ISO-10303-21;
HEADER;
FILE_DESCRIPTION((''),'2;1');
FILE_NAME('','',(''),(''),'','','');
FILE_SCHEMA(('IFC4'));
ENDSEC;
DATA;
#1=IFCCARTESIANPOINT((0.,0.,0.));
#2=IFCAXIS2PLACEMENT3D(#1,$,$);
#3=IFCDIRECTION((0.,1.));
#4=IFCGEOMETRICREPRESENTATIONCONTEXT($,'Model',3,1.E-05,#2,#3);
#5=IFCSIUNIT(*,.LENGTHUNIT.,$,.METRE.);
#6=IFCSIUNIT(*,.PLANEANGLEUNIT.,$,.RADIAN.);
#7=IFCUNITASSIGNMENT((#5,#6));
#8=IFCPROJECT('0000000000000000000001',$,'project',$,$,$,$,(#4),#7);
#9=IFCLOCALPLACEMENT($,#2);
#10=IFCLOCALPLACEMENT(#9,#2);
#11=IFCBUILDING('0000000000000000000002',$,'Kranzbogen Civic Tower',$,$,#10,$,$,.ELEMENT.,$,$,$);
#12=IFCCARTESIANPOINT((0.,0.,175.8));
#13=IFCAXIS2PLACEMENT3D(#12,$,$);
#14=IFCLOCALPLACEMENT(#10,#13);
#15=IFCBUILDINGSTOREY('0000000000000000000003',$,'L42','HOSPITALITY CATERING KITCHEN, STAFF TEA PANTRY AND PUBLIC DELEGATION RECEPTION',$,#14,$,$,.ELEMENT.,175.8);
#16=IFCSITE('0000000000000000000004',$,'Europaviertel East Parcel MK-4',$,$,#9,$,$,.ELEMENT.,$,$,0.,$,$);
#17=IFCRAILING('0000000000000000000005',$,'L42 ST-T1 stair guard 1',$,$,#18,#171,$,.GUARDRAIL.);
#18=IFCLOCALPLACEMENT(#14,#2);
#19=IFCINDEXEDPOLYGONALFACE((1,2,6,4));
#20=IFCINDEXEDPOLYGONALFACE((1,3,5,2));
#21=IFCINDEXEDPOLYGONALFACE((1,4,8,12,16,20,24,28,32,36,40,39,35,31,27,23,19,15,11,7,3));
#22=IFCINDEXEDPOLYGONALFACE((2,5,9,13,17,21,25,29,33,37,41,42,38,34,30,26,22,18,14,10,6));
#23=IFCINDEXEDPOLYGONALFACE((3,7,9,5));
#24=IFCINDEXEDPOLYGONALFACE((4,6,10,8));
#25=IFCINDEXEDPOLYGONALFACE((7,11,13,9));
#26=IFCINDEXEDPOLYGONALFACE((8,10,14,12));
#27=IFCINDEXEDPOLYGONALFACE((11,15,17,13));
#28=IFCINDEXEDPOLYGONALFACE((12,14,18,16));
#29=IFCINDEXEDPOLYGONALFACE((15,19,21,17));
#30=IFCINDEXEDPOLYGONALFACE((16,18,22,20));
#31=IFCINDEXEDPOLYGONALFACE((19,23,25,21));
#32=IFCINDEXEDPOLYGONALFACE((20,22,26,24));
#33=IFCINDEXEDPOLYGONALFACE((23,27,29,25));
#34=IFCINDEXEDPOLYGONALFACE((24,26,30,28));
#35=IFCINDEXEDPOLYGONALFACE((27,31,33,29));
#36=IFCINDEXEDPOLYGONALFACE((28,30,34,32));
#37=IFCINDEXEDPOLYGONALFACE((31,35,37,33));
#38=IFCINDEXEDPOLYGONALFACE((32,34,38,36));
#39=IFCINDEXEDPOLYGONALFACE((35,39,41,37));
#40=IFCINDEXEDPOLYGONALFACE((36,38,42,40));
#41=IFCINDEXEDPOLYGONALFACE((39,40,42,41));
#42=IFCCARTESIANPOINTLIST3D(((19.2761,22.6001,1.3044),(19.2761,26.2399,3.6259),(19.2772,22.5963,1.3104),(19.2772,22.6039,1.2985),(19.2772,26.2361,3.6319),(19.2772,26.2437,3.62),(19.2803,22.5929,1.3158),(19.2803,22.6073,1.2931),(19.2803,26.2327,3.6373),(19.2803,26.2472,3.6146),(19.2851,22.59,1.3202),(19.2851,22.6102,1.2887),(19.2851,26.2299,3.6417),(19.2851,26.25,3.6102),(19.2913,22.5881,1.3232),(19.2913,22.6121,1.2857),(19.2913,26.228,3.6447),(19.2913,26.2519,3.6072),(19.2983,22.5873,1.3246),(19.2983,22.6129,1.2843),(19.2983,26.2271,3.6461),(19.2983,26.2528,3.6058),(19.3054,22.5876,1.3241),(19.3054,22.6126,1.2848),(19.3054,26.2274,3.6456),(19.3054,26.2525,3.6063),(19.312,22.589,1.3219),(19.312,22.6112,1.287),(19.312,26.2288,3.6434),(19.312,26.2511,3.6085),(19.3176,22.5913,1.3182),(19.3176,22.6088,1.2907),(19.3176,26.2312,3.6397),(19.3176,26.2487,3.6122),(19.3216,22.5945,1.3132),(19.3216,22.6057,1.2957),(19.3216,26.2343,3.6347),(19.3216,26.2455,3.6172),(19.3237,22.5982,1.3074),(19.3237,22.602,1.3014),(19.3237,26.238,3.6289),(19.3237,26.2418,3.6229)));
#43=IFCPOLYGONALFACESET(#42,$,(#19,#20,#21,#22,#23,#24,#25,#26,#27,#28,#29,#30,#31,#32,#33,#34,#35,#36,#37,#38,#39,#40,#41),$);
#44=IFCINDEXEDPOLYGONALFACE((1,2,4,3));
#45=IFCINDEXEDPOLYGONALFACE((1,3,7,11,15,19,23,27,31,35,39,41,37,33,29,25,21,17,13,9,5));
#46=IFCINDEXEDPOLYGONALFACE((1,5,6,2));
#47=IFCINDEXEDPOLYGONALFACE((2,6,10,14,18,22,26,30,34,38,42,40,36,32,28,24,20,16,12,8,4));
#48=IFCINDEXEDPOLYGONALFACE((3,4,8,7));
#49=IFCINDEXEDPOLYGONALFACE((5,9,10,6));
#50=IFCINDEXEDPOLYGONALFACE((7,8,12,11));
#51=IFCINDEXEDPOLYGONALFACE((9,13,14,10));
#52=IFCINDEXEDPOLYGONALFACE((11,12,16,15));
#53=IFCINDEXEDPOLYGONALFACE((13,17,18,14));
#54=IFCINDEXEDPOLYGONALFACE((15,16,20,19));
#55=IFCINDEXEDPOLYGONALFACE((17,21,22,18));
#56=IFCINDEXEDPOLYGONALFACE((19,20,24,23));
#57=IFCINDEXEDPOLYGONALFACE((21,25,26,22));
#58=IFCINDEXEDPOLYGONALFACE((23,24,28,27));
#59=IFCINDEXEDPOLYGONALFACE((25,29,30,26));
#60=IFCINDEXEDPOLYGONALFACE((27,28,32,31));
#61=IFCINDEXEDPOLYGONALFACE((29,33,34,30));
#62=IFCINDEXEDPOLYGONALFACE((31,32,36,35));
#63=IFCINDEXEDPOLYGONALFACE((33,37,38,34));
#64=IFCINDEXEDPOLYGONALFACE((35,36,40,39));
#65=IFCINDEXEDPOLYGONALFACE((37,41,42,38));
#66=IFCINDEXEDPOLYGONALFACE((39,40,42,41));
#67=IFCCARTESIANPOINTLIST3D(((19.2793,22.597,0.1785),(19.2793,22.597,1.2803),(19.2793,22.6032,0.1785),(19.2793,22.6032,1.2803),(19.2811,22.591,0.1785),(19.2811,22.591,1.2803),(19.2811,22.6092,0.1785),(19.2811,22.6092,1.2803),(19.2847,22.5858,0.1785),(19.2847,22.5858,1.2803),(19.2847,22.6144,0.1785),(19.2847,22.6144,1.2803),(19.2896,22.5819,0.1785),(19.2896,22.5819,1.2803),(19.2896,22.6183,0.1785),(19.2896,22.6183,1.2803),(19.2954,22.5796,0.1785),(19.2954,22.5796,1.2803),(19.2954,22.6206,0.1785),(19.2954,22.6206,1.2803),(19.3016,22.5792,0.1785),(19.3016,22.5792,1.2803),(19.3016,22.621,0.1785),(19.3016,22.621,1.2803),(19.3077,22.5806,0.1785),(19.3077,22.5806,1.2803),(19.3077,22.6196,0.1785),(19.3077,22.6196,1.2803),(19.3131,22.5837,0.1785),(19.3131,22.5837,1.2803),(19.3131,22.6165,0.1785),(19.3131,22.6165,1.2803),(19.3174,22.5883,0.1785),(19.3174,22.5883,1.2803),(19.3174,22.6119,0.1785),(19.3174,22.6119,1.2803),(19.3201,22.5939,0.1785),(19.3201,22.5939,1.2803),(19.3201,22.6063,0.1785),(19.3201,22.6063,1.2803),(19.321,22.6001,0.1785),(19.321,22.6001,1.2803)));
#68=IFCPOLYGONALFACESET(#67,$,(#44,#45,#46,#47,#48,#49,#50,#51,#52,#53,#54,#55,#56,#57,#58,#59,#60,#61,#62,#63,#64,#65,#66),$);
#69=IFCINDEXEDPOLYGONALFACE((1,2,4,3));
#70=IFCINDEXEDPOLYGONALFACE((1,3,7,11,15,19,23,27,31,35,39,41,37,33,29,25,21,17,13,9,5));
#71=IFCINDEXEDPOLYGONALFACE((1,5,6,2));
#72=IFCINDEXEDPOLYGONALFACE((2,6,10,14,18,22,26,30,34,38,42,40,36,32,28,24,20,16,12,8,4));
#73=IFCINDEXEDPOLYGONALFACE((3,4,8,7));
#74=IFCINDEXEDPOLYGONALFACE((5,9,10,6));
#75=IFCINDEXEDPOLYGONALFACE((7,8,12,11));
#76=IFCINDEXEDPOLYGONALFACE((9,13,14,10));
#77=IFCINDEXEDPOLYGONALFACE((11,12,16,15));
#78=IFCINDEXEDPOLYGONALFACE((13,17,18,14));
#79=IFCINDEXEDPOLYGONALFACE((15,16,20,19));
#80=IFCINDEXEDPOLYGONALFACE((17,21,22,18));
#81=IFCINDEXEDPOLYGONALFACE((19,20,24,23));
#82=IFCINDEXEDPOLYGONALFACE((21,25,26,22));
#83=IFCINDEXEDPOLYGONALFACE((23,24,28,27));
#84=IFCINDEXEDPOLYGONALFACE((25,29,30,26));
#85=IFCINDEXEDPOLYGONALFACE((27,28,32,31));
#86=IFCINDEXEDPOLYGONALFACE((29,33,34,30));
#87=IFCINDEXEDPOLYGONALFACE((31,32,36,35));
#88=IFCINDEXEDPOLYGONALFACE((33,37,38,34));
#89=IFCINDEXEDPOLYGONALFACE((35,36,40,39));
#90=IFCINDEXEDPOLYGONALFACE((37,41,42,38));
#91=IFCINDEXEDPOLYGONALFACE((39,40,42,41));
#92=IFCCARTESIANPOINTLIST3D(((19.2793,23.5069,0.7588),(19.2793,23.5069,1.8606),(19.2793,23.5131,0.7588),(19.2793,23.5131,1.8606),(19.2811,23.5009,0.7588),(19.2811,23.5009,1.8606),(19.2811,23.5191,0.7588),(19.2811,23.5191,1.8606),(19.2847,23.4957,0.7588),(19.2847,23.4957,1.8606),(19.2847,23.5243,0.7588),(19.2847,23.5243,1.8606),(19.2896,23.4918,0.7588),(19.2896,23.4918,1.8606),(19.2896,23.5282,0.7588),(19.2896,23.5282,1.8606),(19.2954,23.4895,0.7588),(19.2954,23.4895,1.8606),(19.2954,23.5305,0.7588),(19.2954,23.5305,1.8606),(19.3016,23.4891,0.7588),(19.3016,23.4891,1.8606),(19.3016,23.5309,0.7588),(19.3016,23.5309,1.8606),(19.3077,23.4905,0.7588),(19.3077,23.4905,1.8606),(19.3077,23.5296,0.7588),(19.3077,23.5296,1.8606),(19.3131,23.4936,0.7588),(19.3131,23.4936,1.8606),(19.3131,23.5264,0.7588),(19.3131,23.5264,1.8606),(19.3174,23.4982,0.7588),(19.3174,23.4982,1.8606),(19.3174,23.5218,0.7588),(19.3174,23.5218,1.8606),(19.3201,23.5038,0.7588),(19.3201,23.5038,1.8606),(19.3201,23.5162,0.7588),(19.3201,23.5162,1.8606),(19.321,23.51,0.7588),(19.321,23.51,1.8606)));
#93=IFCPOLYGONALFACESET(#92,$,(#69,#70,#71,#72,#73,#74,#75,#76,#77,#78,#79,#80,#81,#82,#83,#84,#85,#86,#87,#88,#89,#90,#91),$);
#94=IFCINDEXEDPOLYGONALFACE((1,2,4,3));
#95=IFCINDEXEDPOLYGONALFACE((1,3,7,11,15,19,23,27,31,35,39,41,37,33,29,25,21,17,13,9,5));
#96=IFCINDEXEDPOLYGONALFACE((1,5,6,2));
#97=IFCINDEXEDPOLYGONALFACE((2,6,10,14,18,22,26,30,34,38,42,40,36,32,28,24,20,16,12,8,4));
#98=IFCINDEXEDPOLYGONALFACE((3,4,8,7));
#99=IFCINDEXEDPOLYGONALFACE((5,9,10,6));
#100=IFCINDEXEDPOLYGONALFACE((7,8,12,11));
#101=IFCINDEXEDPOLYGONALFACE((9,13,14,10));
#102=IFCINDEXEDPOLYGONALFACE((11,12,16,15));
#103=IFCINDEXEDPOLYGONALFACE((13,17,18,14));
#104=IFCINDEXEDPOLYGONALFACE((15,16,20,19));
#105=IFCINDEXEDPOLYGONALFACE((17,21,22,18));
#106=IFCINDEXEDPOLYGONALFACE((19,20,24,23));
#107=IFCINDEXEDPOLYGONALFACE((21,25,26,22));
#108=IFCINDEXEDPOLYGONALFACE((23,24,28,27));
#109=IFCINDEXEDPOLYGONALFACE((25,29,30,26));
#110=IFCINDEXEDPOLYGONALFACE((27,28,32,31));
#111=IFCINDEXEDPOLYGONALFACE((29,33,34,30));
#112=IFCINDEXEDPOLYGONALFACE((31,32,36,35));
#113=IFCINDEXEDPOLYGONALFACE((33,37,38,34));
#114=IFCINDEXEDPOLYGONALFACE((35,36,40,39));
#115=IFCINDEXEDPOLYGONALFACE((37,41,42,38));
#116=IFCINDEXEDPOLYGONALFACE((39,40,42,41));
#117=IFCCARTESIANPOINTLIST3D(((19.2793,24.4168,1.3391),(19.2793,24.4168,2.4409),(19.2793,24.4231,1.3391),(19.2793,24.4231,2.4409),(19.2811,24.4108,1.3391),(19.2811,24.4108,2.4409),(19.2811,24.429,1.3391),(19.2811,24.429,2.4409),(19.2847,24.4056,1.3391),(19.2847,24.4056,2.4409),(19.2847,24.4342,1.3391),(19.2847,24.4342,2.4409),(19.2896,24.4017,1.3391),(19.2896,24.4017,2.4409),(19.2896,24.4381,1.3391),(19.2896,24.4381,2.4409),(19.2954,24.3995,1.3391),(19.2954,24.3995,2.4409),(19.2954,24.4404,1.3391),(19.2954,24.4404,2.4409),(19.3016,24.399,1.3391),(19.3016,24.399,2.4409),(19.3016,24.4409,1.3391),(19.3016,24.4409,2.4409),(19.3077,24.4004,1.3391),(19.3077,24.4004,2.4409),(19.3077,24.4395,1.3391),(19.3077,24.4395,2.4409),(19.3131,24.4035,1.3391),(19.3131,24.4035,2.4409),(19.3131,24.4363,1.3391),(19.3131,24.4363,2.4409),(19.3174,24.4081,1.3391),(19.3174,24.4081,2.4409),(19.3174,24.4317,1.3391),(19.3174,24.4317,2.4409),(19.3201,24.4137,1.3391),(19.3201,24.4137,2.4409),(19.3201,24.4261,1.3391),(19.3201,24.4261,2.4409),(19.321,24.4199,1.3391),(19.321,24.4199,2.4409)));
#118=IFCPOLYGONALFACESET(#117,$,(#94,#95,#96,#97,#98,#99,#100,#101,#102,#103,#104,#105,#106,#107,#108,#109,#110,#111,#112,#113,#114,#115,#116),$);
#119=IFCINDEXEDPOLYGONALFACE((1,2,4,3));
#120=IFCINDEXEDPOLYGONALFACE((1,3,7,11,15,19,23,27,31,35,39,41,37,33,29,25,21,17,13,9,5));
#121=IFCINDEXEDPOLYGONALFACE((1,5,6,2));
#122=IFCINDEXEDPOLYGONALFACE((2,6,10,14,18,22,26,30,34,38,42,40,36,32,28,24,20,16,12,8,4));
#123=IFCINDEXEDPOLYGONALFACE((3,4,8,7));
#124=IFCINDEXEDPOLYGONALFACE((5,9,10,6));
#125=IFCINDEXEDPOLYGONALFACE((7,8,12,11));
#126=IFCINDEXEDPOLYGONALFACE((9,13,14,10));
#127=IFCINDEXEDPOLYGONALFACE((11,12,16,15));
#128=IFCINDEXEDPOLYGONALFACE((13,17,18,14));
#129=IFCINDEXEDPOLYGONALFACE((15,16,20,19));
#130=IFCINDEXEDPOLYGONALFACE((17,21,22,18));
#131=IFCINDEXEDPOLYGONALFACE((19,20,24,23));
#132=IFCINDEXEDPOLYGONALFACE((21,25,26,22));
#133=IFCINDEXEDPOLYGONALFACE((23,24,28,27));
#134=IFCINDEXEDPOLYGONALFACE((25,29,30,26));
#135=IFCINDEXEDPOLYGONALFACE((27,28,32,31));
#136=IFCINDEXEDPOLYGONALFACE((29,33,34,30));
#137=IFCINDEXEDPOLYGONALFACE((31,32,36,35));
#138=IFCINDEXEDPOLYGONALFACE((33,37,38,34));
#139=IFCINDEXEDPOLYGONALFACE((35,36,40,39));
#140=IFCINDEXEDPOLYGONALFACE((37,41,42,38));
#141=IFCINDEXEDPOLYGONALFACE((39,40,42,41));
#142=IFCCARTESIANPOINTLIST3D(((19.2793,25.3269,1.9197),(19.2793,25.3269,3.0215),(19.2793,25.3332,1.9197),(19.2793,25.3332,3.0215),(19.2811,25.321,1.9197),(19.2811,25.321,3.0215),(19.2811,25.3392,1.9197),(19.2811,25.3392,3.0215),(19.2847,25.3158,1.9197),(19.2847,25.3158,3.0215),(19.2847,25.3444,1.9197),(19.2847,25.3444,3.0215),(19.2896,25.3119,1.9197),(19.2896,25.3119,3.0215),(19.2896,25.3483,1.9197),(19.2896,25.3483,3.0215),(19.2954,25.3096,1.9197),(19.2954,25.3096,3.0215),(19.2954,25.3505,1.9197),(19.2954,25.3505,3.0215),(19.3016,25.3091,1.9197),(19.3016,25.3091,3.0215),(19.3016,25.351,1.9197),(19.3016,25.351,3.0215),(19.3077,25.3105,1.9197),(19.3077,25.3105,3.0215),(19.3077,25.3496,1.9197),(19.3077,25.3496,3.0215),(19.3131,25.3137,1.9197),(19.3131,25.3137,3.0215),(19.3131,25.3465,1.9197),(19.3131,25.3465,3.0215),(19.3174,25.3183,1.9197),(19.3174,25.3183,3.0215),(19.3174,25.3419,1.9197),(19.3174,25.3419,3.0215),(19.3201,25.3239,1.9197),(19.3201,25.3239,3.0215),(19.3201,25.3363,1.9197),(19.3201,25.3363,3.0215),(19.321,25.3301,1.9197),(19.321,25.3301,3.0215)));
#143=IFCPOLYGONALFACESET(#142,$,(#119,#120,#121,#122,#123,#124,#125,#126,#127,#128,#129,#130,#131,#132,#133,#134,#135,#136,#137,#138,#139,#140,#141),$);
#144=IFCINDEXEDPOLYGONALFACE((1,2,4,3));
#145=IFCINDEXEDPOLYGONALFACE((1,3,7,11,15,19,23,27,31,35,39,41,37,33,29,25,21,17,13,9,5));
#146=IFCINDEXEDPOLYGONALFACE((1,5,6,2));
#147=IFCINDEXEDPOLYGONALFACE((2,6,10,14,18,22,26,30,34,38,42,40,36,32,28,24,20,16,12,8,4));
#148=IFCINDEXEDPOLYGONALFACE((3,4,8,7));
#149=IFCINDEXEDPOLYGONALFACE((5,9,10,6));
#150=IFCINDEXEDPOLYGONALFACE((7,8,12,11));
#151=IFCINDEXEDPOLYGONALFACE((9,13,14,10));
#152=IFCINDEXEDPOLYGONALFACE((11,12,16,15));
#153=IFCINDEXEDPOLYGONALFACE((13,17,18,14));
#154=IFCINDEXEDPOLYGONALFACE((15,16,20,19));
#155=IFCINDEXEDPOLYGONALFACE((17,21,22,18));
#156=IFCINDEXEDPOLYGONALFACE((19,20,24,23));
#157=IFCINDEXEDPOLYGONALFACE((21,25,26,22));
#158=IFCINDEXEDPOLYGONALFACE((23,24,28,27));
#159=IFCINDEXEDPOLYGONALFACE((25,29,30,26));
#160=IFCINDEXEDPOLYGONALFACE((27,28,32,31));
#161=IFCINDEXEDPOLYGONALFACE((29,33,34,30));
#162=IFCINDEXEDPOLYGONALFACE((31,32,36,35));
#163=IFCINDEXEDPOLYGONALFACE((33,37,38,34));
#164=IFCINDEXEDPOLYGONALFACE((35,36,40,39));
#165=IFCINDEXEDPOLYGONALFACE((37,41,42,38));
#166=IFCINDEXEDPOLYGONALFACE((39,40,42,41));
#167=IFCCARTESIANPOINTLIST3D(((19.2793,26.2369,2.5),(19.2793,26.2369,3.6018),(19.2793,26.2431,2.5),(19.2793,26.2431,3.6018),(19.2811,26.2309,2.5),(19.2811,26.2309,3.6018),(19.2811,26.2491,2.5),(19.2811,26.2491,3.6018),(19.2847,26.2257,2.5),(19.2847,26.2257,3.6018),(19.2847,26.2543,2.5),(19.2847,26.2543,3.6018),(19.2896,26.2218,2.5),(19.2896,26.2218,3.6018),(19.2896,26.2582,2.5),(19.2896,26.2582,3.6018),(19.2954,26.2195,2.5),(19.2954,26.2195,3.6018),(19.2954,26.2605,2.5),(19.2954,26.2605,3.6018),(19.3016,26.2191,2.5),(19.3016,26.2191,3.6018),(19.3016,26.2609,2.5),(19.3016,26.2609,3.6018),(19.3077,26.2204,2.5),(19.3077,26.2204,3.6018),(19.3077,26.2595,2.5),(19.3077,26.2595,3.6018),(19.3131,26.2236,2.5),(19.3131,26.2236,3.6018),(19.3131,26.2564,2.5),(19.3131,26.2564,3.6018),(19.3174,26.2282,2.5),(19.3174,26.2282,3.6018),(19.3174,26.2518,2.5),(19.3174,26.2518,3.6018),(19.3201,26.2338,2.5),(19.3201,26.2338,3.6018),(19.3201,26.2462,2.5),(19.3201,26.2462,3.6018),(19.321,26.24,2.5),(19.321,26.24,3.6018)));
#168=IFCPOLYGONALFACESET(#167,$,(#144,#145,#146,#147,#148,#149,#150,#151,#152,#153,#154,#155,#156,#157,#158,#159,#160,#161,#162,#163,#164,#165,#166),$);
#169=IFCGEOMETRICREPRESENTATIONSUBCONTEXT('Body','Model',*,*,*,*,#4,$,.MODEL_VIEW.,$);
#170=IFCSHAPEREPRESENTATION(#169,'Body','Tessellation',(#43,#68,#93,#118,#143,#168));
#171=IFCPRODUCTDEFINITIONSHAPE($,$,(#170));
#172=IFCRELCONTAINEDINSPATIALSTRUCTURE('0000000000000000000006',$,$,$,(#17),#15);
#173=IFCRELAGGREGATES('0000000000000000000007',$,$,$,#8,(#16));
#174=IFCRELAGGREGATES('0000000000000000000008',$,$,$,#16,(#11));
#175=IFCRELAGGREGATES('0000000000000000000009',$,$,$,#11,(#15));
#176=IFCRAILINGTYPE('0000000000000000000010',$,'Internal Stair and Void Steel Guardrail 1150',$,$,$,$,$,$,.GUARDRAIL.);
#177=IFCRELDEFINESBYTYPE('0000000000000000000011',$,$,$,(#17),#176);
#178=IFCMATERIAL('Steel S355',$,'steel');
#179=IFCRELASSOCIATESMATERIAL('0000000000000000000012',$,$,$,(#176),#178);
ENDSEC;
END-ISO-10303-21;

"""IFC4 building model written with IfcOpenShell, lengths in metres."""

from ifc_helpers import new_model, si_unit, direction, frame, origin, origin_2d, place, context, subcontext, project, spatial, circle, extrude, material, type_object, element, save


model = new_model("IFC4")

# Units and contexts
model_context = context("Model", 3, precision=1e-05, world=origin(), true_north=direction((0.0, 1.0)))
body_context = subcontext(model_context, "Body", "Model", "MODEL_VIEW")
ifc_project = project(units=[si_unit("LENGTHUNIT", "METRE"), si_unit("PLANEANGLEUNIT", "RADIAN")], contexts=[model_context])

# Site, building, storey
site_placement = place(None, origin())
site = spatial("IfcSite", under=ifc_project, at=site_placement, Name="Europaviertel East Parcel MK-4", CompositionType="ELEMENT", RefElevation=0.0)
building_placement = place(site_placement, origin())
building = spatial("IfcBuilding", under=site, at=building_placement, Name="Kranzbogen Civic Tower", CompositionType="ELEMENT")
storey_placement = place(building_placement, frame((0.0, 0.0, 175.8)))
storey = spatial("IfcBuildingStorey", under=building, at=storey_placement, Name="L42", Description="HOSPITALITY CATERING KITCHEN, STAFF TEA PANTRY AND PUBLIC DELEGATION RECEPTION", CompositionType="ELEMENT", Elevation=175.8)

# Shared definitions
ifc_material_1 = material(Name="Steel S355", Category="steel")

# Railing
railing_type_1 = type_object("IfcRailingType", Name="Internal Stair and Void Steel Guardrail 1150", PredefinedType="GUARDRAIL", material=ifc_material_1)
railing_1_placement = place(storey_placement, frame((19.3, 22.6001, 0.1785)))
element("IfcRailing", 1, at=railing_1_placement, inside=storey, type_object=railing_type_1, Name="L42 ST-T1 stair guard 1", PredefinedType="GUARDRAIL", context=body_context, shape_type="SweptSolid", body=[
    extrude(circle(Radius=0.0239, at=origin_2d()), frame((0.0, 0.0, 1.126), z_axis=(0.0, 0.843112, 0.537739), x_axis=(-1.0, 0.0, 0.0)), (0.0, 0.0, 1.0), 4.3171),
    extrude(circle(Radius=0.021, at=origin_2d()), origin(), (0.0, 0.0, 1.0), 1.1018),
    extrude(circle(Radius=0.021, at=origin_2d()), frame((0.0, 0.9099, 0.5803)), (0.0, 0.0, 1.0), 1.1018),
    extrude(circle(Radius=0.021, at=origin_2d()), frame((0.0, 1.8198, 1.1606)), (0.0, 0.0, 1.0), 1.1018),
    extrude(circle(Radius=0.021, at=origin_2d()), frame((0.0, 2.73, 1.7412)), (0.0, 0.0, 1.0), 1.1018),
    extrude(circle(Radius=0.021, at=origin_2d()), frame((0.0, 3.6399, 2.3215)), (0.0, 0.0, 1.0), 1.1018),
])

save(model, "model.ifc")
